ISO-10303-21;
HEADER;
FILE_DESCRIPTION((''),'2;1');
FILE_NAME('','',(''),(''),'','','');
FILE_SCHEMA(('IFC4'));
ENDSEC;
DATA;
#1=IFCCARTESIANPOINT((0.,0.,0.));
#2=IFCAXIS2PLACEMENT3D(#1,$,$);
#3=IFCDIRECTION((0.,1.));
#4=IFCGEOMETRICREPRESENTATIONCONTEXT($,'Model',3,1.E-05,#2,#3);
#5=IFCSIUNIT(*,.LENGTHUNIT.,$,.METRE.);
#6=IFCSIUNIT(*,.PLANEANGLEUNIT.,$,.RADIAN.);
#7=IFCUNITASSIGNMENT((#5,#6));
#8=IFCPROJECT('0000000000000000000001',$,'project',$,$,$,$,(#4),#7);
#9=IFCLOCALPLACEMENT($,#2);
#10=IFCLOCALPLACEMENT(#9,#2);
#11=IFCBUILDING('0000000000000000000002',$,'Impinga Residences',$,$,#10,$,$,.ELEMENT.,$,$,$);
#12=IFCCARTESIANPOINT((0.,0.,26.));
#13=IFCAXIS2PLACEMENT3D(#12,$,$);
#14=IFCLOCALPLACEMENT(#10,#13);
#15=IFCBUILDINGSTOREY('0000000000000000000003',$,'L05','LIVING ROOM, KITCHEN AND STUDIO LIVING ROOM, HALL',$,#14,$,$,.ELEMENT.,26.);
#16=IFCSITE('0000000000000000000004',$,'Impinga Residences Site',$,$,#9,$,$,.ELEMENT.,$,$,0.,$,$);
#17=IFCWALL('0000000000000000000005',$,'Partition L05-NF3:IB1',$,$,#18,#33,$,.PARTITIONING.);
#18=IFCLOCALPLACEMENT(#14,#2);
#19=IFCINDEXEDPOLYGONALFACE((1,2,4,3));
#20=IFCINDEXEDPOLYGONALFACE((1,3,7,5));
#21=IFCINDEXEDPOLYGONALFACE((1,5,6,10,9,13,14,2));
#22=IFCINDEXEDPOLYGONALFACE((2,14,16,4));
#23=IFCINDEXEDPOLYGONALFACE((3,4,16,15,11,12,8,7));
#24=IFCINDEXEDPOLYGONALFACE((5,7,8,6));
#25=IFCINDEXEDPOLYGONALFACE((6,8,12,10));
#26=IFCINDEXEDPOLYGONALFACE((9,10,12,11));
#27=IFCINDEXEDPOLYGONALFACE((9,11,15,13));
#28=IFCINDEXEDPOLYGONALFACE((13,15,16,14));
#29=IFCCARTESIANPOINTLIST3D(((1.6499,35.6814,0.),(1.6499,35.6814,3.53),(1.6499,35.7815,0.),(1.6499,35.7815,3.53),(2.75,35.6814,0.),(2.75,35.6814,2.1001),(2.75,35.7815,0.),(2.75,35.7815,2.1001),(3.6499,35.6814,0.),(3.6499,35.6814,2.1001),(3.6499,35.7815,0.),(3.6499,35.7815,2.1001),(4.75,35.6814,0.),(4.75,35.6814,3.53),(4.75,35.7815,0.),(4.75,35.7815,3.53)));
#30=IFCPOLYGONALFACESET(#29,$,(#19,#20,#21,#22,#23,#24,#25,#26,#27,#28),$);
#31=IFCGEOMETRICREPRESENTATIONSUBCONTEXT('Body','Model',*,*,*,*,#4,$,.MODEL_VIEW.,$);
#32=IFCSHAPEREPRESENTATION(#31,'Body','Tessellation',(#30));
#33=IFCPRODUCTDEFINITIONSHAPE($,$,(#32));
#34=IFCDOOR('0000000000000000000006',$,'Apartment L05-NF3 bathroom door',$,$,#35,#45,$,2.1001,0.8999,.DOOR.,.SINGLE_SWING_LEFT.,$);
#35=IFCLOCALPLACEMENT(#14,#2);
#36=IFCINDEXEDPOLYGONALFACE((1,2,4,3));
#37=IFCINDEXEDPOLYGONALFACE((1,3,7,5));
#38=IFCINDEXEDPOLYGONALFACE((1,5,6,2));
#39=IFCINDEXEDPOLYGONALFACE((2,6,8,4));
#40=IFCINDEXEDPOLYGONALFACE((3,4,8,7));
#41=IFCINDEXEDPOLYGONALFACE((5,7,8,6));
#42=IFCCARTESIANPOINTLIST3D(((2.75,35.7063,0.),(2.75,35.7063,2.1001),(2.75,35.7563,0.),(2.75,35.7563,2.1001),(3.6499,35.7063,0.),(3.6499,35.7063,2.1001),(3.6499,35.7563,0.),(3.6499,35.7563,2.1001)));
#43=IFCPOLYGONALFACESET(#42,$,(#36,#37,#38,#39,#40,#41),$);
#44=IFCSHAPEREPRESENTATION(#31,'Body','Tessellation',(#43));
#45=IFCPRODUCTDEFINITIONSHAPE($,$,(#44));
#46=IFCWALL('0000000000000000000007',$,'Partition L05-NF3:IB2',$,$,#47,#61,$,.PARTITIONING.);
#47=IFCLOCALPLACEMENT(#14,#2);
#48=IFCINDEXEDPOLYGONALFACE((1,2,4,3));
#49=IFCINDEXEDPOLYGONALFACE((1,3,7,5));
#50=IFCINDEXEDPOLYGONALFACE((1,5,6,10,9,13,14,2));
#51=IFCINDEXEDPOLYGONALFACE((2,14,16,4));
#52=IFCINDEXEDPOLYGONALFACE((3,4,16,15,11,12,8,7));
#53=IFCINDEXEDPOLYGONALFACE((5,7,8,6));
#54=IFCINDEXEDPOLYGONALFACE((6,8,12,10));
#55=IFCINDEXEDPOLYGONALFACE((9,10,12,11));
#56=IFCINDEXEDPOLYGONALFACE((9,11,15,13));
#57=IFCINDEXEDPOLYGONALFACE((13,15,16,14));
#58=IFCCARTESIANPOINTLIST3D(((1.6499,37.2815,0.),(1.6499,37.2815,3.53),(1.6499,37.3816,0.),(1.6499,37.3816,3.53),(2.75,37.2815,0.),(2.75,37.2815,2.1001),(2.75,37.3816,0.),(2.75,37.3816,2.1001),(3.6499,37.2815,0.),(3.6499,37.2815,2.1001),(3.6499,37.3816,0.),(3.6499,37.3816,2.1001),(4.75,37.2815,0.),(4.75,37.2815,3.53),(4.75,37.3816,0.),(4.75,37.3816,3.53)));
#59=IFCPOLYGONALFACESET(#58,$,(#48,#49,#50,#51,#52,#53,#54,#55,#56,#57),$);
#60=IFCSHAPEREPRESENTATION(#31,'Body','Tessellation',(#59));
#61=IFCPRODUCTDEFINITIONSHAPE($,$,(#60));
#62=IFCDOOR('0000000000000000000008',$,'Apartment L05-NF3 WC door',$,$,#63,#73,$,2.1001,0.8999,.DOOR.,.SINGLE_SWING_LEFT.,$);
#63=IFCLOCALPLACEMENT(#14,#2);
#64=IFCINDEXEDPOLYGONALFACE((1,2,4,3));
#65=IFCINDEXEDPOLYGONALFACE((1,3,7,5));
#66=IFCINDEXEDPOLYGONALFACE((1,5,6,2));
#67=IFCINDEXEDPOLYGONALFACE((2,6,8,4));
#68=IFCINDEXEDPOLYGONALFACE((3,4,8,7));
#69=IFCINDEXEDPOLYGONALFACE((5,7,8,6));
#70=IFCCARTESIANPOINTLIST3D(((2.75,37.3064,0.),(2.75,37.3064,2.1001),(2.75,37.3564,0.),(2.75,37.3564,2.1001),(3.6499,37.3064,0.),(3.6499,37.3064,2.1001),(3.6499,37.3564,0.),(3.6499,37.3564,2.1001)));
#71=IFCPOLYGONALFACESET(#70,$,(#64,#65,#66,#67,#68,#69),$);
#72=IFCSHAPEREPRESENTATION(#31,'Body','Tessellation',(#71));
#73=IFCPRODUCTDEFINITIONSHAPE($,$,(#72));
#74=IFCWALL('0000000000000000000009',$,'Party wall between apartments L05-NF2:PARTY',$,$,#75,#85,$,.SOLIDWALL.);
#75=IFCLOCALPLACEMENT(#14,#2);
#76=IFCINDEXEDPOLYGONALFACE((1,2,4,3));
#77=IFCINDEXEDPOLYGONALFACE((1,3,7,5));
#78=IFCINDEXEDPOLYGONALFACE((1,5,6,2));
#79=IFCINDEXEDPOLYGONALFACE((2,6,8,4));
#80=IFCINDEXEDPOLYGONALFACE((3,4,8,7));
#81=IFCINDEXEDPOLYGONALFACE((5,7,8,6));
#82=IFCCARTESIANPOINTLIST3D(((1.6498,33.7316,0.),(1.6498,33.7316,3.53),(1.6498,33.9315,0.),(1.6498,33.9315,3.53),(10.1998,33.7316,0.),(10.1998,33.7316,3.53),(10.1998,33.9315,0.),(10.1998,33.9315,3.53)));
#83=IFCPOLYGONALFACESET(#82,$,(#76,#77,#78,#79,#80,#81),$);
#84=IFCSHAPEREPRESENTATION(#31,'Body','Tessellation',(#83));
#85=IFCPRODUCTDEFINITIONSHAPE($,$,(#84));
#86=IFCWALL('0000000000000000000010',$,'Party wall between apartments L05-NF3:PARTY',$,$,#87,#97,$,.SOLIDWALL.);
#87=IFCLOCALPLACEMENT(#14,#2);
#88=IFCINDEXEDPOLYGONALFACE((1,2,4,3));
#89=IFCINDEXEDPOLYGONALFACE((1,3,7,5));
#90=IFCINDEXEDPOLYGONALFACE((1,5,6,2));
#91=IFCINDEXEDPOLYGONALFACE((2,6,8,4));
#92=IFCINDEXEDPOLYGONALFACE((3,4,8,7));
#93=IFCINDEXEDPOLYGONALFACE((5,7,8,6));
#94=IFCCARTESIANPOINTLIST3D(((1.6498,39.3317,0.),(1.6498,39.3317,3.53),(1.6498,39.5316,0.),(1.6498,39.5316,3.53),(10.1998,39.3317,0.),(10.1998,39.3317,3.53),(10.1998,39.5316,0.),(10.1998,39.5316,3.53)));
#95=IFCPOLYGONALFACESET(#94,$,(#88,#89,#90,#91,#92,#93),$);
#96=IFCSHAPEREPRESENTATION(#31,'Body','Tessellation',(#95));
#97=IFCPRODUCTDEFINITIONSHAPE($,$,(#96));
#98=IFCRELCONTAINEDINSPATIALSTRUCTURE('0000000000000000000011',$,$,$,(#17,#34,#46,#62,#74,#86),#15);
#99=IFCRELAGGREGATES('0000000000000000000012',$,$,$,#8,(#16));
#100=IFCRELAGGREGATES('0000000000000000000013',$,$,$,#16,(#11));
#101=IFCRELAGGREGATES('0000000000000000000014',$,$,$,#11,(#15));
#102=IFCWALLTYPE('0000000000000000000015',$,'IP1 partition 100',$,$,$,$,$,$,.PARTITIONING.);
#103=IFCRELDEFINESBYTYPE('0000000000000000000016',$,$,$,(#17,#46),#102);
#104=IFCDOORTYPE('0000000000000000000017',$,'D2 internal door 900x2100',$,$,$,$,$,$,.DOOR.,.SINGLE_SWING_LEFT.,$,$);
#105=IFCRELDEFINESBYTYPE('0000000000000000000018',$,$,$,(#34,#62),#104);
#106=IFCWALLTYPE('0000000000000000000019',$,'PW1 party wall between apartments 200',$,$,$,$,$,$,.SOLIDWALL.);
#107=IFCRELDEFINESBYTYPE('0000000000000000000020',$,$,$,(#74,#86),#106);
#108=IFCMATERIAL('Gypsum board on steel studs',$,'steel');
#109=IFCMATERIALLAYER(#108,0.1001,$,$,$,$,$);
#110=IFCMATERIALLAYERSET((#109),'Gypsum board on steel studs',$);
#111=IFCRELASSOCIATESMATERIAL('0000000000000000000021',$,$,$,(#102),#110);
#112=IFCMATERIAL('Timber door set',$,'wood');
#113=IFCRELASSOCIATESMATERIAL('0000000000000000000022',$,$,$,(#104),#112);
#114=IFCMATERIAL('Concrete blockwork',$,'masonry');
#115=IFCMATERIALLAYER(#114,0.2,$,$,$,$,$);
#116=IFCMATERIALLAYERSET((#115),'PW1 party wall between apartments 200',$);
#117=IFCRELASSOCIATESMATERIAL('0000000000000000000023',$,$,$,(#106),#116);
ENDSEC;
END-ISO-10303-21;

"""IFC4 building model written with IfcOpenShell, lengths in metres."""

from ifc_helpers import new_model, si_unit, direction, frame, frame_2d, origin, place, context, subcontext, project, spatial, rectangle, extrude, material, layer, layer_set, type_object, element, fill, save


model = new_model("IFC4")

# Units and contexts
model_context = context("Model", 3, precision=1e-05, world=origin(), true_north=direction((0.0, 1.0)))
body_context = subcontext(model_context, "Body", "Model", "MODEL_VIEW")
ifc_project = project(units=[si_unit("LENGTHUNIT", "METRE"), si_unit("PLANEANGLEUNIT", "RADIAN")], contexts=[model_context])

# Site, building, storey
site_placement = place(None, origin())
site = spatial("IfcSite", under=ifc_project, at=site_placement, Name="Impinga Residences Site", CompositionType="ELEMENT", RefElevation=0.0)
building_placement = place(site_placement, origin())
building = spatial("IfcBuilding", under=site, at=building_placement, Name="Impinga Residences", CompositionType="ELEMENT")
storey_placement = place(building_placement, frame((0.0, 0.0, 26.0)))
storey = spatial("IfcBuildingStorey", under=building, at=storey_placement, Name="L05", Description="LIVING ROOM, KITCHEN AND STUDIO LIVING ROOM, HALL", CompositionType="ELEMENT", Elevation=26.0)

# Shared definitions
ifc_material_1 = material(Name="Gypsum board on steel studs", Category="steel")
ifc_layer_1 = layer(ifc_material_1, 0.1001)
ifc_layer_set_1 = layer_set([ifc_layer_1], Name="Gypsum board on steel studs")
wall_type_1 = type_object("IfcWallType", Name="IP1 partition 100", PredefinedType="PARTITIONING", material=ifc_layer_set_1)

# Shared definitions
ifc_material_2 = material(Name="Timber door set", Category="wood")
door_type = type_object("IfcDoorType", Name="D2 internal door 900x2100", OperationType="SINGLE_SWING_LEFT", PredefinedType="DOOR", material=ifc_material_2)

# Walls, openings, doors
wall_1_placement = place(storey_placement, frame((1.6499, 35.7314, 0.0), z_axis=(0.0, 0.0, 1.0), x_axis=(1.0, 0.0, 0.0)))
wall_1 = element("IfcWall", 1, at=wall_1_placement, inside=storey, type_object=wall_type_1, Name="Partition L05-NF3:IB1", PredefinedType="PARTITIONING", context=body_context, shape_type="SweptSolid", body=[
    extrude(rectangle(XDim=3.1001, YDim=0.1001, at=frame_2d((1.55, 0.0))), origin(), (0.0, 0.0, 1.0), 3.53),
])
opening_1_placement = place(wall_1_placement, frame((1.1001, 0.0, 0.0)))
opening_1 = element("IfcOpeningElement", 2, at=opening_1_placement, cuts=wall_1, PredefinedType="OPENING", context=body_context, shape_type="SweptSolid", body=[
    extrude(rectangle(XDim=0.8999, YDim=2.1001, at=frame_2d((0.45, 1.05))), frame((0.0, 0.0601, 0.0), z_axis=(0.0, -1.0, 0.0), x_axis=(1.0, 0.0, 0.0)), (0.0, 0.0, 1.0), 0.1201),
])
door_1_placement = place(opening_1_placement, origin())
door_1 = element("IfcDoor", 3, at=door_1_placement, inside=storey, type_object=door_type, Name="Apartment L05-NF3 bathroom door", OperationType="SINGLE_SWING_LEFT", OverallHeight=2.1001, OverallWidth=0.8999, PredefinedType="DOOR", context=body_context, shape_type="SweptSolid", body=[
    extrude(rectangle(XDim=0.8999, YDim=2.1001, at=frame_2d((0.45, 1.05))), frame((0.0, 0.0249, 0.0), z_axis=(0.0, -1.0, 0.0), x_axis=(1.0, 0.0, 0.0)), (0.0, 0.0, 1.0), 0.05),
])
fill(opening_1, door_1)
wall_2_placement = place(storey_placement, frame((1.6499, 37.3315, 0.0), z_axis=(0.0, 0.0, 1.0), x_axis=(1.0, 0.0, 0.0)))
wall_2 = element("IfcWall", 4, at=wall_2_placement, inside=storey, type_object=wall_type_1, Name="Partition L05-NF3:IB2", PredefinedType="PARTITIONING", context=body_context, shape_type="SweptSolid", body=[
    extrude(rectangle(XDim=3.1001, YDim=0.1001, at=frame_2d((1.55, 0.0))), origin(), (0.0, 0.0, 1.0), 3.53),
])
opening_2_placement = place(wall_2_placement, frame((1.1001, 0.0, 0.0)))
opening_2 = element("IfcOpeningElement", 5, at=opening_2_placement, cuts=wall_2, PredefinedType="OPENING", context=body_context, shape_type="SweptSolid", body=[
    extrude(rectangle(XDim=0.8999, YDim=2.1001, at=frame_2d((0.45, 1.05))), frame((0.0, 0.0601, 0.0), z_axis=(0.0, -1.0, 0.0), x_axis=(1.0, 0.0, 0.0)), (0.0, 0.0, 1.0), 0.1201),
])
door_2_placement = place(opening_2_placement, origin())
door_2 = element("IfcDoor", 6, at=door_2_placement, inside=storey, type_object=door_type, Name="Apartment L05-NF3 WC door", OperationType="SINGLE_SWING_LEFT", OverallHeight=2.1001, OverallWidth=0.8999, PredefinedType="DOOR", context=body_context, shape_type="SweptSolid", body=[
    extrude(rectangle(XDim=0.8999, YDim=2.1001, at=frame_2d((0.45, 1.05))), frame((0.0, 0.0249, 0.0), z_axis=(0.0, -1.0, 0.0), x_axis=(1.0, 0.0, 0.0)), (0.0, 0.0, 1.0), 0.05),
])
fill(opening_2, door_2)

# Walls
ifc_material_3 = material(Name="Concrete blockwork", Category="masonry")
ifc_layer_2 = layer(ifc_material_3, 0.2)
ifc_layer_set_2 = layer_set([ifc_layer_2], Name="PW1 party wall between apartments 200")
wall_type_2 = type_object("IfcWallType", Name="PW1 party wall between apartments 200", PredefinedType="SOLIDWALL", material=ifc_layer_set_2)
for number, where, z_axis, x_axis, name in (
    (7, (1.6499, 33.8315, 0.0), (0.0, 0.0, 1.0), (1.0, 0.0, 0.0), "Party wall between apartments L05-NF2:PARTY"),
    (8, (1.6499, 39.4316, 0.0), (0.0, 0.0, 1.0), (1.0, 0.0, 0.0), "Party wall between apartments L05-NF3:PARTY"),
):
    element("IfcWall", number, at=place(storey_placement, frame(where, z_axis=z_axis, x_axis=x_axis)), inside=storey, type_object=wall_type_2, Name=name, PredefinedType="SOLIDWALL", context=body_context, shape_type="SweptSolid", body=[
        extrude(rectangle(XDim=8.55, YDim=0.2, at=frame_2d((4.2749, 0.0))), origin(), (0.0, 0.0, 1.0), 3.53),
    ])

save(model, "model.ifc")
